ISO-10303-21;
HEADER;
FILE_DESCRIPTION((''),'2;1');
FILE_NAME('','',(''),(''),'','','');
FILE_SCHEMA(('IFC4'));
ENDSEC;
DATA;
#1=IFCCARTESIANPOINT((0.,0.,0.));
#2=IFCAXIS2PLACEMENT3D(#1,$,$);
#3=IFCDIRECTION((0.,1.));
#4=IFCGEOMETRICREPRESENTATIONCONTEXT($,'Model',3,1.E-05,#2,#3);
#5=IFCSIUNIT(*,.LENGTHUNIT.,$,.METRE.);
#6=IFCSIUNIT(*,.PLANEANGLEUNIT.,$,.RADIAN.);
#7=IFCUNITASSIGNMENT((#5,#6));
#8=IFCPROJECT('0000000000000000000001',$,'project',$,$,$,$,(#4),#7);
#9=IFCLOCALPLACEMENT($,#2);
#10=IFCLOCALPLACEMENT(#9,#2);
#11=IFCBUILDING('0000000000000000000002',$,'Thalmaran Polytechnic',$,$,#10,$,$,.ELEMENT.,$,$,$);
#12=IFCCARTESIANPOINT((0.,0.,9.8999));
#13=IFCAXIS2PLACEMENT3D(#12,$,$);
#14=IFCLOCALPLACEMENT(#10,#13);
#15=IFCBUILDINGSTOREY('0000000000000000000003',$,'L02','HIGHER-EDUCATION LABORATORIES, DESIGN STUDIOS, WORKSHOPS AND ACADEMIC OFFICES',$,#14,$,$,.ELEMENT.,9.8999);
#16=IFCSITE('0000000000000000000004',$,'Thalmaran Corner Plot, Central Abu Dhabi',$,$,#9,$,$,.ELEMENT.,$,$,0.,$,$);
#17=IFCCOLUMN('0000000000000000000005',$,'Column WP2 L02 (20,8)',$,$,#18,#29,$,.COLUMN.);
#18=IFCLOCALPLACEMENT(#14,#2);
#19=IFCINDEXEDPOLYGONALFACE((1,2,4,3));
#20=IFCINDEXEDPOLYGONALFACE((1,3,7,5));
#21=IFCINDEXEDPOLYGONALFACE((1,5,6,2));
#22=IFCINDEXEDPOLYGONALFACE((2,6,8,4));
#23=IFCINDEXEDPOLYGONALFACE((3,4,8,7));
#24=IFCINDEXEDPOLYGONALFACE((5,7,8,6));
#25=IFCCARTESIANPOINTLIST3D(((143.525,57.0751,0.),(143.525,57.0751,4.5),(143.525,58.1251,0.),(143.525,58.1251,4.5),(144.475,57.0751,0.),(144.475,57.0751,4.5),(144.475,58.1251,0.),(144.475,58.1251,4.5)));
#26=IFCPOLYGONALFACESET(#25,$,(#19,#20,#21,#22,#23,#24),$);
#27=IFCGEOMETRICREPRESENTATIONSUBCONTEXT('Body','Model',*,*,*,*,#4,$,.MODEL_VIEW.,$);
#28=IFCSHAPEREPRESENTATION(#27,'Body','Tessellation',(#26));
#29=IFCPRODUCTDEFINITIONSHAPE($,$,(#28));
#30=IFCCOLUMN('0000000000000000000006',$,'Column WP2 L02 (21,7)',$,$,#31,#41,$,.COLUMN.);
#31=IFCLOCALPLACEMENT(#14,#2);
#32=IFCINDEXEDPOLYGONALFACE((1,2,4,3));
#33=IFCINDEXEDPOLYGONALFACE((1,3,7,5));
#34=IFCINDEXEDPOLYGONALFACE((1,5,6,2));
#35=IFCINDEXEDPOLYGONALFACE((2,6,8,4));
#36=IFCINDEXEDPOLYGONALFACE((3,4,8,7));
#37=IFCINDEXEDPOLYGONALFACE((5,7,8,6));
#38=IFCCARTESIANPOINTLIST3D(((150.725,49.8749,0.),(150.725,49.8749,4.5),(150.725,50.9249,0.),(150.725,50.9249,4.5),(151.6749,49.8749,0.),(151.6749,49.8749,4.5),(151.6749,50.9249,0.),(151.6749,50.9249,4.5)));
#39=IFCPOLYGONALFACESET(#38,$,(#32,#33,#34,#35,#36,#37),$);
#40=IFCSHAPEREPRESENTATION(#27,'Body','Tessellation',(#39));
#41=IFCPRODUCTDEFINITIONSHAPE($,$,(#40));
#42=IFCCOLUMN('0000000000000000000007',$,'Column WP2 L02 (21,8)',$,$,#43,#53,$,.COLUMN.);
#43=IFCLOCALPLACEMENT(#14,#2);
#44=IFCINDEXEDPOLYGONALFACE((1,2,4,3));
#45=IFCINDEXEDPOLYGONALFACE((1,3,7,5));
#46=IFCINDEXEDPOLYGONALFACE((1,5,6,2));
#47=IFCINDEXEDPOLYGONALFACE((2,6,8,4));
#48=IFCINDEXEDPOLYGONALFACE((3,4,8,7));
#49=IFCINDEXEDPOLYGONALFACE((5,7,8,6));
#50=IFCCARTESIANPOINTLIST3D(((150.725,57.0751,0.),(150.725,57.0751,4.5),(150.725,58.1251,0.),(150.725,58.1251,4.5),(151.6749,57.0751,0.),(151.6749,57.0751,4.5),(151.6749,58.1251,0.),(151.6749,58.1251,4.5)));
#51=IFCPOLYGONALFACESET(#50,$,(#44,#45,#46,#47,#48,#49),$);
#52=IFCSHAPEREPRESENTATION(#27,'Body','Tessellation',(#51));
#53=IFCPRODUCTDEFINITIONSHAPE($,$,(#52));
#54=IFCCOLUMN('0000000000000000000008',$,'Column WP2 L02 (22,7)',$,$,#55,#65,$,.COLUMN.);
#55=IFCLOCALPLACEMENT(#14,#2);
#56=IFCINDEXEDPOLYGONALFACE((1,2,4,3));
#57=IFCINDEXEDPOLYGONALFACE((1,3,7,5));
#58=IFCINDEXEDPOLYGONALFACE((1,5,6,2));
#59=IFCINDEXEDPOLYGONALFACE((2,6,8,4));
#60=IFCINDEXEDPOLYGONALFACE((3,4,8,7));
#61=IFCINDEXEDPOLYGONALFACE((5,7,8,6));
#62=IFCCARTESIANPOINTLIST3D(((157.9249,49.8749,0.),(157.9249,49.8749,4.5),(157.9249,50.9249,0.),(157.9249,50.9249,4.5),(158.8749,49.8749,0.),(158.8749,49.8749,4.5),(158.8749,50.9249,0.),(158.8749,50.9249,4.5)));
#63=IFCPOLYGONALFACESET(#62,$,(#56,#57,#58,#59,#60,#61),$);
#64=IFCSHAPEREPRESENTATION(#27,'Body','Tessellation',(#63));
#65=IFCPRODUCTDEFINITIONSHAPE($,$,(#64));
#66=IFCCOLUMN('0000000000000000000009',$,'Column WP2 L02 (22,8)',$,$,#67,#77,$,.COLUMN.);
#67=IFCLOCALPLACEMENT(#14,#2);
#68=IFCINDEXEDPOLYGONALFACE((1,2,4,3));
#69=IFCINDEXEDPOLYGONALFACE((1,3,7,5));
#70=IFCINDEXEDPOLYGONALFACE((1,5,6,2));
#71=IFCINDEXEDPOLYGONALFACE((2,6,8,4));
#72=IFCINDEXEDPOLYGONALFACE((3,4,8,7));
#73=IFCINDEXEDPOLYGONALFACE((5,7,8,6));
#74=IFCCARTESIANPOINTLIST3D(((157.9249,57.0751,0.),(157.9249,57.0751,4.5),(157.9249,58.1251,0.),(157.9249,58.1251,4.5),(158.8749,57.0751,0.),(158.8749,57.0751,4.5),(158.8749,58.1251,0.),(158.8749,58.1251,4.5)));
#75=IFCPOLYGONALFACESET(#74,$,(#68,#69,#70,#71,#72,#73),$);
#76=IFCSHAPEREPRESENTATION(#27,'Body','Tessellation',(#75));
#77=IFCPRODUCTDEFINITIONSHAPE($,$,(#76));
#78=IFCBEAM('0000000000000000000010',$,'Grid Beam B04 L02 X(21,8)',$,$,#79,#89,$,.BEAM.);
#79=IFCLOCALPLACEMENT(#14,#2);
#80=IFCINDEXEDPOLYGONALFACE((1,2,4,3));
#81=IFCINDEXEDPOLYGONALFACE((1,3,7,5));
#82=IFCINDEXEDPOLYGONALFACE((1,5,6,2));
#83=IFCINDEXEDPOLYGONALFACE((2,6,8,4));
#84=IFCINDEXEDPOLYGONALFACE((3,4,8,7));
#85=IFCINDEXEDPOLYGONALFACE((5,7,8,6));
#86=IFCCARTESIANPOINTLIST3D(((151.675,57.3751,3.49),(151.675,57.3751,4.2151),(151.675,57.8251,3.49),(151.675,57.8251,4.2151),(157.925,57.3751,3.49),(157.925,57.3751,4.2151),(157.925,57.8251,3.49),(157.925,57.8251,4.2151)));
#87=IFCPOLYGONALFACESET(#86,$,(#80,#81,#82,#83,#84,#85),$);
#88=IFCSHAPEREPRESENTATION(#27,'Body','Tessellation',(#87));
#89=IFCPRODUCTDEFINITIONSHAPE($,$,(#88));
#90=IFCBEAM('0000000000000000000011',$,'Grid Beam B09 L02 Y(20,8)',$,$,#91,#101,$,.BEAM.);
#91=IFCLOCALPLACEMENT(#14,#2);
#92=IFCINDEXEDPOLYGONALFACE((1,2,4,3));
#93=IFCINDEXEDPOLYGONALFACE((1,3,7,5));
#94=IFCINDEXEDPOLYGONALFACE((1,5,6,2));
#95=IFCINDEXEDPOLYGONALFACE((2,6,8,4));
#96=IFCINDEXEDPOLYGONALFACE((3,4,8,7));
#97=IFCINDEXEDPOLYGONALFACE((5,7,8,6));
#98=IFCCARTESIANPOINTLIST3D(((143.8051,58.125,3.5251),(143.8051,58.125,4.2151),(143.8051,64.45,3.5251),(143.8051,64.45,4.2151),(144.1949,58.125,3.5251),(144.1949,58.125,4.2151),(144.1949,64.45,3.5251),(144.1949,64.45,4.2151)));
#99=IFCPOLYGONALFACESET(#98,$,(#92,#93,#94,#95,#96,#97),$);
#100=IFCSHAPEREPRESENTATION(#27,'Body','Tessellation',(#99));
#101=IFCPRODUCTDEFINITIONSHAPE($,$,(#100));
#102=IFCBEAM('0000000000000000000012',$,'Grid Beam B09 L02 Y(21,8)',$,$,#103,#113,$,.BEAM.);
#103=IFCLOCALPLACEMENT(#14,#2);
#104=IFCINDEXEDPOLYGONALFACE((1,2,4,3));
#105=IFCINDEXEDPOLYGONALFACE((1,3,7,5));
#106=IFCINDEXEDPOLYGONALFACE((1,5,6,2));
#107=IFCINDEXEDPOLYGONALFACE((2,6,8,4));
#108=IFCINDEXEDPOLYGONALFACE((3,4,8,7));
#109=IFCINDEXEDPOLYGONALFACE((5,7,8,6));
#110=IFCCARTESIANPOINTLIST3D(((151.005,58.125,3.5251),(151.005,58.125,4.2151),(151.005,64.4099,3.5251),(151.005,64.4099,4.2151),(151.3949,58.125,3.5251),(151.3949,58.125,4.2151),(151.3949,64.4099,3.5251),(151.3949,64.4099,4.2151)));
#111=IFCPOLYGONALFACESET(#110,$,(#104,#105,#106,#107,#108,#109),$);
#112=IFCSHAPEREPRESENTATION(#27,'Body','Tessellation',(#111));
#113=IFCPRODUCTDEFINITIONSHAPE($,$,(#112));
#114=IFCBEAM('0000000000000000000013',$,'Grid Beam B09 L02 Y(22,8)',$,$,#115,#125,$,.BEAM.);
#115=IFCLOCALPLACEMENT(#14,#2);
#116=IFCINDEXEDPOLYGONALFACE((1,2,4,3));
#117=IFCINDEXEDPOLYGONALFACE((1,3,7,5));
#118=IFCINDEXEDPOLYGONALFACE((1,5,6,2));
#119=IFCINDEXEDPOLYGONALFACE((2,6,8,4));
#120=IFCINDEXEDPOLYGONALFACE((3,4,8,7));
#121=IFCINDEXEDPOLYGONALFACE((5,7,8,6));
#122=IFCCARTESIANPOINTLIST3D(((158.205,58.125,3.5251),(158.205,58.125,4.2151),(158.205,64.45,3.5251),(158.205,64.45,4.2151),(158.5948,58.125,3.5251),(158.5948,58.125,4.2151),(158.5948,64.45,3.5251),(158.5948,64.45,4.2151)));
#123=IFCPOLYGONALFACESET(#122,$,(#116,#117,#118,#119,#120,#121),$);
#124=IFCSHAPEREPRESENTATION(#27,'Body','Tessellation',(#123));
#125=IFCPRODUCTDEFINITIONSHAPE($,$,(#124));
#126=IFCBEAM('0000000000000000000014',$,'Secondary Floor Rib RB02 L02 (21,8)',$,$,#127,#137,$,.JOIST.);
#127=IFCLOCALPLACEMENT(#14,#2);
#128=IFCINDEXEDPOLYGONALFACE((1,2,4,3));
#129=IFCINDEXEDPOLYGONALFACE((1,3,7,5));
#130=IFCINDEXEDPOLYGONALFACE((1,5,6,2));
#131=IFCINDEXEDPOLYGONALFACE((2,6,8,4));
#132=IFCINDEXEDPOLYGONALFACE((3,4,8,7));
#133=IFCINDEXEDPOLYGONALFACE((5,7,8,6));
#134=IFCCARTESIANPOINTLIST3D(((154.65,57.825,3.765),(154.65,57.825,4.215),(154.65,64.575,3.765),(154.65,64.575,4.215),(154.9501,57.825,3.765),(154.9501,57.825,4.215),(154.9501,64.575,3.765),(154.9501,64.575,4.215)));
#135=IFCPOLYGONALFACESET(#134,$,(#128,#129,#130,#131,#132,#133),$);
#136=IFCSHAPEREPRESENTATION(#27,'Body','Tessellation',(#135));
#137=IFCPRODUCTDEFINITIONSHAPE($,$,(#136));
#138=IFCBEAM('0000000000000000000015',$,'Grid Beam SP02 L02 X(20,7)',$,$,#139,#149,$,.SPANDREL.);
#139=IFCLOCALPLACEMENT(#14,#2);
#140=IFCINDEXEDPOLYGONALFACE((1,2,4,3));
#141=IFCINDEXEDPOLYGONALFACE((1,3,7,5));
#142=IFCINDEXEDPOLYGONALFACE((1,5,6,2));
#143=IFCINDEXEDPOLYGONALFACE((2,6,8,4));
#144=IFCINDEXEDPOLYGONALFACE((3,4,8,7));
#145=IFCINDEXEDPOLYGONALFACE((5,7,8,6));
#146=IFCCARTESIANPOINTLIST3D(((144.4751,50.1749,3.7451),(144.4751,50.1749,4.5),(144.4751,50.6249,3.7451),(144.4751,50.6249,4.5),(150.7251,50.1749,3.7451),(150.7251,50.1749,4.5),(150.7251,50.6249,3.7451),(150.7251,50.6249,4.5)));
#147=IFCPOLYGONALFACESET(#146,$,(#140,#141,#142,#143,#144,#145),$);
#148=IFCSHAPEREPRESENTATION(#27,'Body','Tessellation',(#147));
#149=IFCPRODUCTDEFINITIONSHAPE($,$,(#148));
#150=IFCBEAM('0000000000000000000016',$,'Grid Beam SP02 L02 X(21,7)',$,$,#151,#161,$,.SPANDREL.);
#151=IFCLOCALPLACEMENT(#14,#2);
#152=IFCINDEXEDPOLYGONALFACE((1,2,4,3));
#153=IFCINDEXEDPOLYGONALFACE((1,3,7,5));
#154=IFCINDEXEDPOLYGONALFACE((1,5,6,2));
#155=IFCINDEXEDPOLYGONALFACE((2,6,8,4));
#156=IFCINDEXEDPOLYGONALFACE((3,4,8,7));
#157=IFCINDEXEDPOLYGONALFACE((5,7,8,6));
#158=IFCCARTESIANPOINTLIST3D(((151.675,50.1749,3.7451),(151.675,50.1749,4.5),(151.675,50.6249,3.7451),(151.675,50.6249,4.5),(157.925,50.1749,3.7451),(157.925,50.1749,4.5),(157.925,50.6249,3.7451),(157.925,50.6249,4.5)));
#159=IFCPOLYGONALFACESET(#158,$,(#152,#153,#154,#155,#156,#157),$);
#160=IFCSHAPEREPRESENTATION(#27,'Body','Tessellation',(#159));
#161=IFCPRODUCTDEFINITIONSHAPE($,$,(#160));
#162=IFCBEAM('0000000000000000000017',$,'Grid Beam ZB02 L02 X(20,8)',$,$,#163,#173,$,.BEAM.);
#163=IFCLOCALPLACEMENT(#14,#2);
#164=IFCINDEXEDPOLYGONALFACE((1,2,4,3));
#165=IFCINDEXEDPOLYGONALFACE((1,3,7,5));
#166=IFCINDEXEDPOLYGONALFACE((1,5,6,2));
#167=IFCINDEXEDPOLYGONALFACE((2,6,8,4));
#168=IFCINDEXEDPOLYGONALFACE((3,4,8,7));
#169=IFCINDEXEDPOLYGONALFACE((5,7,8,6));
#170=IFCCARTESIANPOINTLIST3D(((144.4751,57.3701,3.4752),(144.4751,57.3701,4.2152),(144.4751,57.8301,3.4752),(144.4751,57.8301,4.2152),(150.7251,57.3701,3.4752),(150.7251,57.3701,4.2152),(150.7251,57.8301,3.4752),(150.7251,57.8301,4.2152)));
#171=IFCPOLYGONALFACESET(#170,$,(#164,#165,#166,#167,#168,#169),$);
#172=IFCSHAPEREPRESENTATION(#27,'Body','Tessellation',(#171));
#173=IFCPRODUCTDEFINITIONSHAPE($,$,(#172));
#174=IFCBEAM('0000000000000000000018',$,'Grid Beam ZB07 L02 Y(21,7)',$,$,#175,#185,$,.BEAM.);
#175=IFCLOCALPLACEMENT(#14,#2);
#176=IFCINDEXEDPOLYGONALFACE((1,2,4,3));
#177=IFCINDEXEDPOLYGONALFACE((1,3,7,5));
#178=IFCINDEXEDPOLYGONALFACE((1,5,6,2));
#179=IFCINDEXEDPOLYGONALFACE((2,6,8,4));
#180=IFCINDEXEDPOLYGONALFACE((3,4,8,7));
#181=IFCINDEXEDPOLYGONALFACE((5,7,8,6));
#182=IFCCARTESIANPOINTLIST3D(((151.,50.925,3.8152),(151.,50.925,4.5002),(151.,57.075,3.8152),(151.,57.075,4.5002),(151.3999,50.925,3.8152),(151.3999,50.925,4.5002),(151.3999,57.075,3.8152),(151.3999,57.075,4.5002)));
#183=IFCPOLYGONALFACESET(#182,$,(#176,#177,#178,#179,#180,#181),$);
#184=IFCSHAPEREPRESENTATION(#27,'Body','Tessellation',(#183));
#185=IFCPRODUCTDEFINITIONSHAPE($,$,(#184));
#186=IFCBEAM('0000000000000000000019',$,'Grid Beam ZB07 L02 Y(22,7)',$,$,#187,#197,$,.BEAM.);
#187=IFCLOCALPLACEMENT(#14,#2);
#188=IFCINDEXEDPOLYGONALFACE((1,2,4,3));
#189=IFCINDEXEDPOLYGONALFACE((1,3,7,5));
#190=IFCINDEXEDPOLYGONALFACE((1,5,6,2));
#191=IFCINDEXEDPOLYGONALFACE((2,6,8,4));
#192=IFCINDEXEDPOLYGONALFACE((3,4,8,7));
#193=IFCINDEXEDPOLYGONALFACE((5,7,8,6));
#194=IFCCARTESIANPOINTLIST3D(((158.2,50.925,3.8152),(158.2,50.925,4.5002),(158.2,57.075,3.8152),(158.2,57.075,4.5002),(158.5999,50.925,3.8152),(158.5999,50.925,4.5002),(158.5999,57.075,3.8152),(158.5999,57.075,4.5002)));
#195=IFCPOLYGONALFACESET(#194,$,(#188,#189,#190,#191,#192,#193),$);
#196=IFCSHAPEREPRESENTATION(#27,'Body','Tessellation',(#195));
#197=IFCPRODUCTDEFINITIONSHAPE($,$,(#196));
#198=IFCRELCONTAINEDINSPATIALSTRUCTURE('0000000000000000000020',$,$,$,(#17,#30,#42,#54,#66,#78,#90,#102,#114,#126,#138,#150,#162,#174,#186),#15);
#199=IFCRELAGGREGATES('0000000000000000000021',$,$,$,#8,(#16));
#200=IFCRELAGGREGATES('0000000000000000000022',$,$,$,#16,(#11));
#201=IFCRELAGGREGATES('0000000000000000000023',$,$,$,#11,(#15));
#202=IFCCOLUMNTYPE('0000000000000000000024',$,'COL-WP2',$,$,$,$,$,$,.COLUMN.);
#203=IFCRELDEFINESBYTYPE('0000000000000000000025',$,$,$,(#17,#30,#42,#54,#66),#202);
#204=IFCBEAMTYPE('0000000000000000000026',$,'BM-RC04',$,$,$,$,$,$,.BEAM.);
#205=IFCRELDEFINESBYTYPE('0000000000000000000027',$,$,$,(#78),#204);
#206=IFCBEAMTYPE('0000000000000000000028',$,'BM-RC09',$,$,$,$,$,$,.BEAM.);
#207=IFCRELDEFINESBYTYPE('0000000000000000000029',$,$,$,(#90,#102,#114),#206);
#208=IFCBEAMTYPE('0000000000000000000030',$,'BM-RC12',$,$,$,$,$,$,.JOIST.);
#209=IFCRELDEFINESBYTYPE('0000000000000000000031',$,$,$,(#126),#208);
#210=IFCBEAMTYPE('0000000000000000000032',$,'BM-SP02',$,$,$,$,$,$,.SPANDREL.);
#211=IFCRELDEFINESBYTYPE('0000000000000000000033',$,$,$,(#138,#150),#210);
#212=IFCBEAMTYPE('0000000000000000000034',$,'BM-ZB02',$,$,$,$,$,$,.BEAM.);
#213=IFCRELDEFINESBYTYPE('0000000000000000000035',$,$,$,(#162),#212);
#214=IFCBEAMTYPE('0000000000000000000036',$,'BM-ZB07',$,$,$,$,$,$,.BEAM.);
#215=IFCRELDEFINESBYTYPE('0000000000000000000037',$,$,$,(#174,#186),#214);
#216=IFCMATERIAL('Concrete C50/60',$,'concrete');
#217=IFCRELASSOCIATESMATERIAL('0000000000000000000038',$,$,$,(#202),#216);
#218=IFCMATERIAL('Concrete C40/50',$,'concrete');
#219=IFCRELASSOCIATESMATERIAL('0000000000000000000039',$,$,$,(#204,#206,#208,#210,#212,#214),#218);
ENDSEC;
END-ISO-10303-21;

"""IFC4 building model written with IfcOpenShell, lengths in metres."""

from ifc_helpers import new_model, si_unit, direction, frame, origin, origin_2d, place, context, subcontext, project, spatial, rectangle, extrude, material, material_profile, profile_set, type_object, element, save


model = new_model("IFC4")

# Units and contexts
model_context = context("Model", 3, precision=1e-05, world=origin(), true_north=direction((0.0, 1.0)))
body_context = subcontext(model_context, "Body", "Model", "MODEL_VIEW")
ifc_project = project(units=[si_unit("LENGTHUNIT", "METRE"), si_unit("PLANEANGLEUNIT", "RADIAN")], contexts=[model_context])

# Site, building, storey
site_placement = place(None, origin())
site = spatial("IfcSite", under=ifc_project, at=site_placement, Name="Thalmaran Corner Plot, Central Abu Dhabi", CompositionType="ELEMENT", RefElevation=0.0)
building_placement = place(site_placement, origin())
building = spatial("IfcBuilding", under=site, at=building_placement, Name="Thalmaran Polytechnic", CompositionType="ELEMENT")
storey_placement = place(building_placement, frame((0.0, 0.0, 9.8999)))
storey = spatial("IfcBuildingStorey", under=building, at=storey_placement, Name="L02", Description="HIGHER-EDUCATION LABORATORIES, DESIGN STUDIOS, WORKSHOPS AND ACADEMIC OFFICES", CompositionType="ELEMENT", Elevation=9.8999)

# Columns
ifc_material_1 = material(Name="Concrete C50/60", Category="concrete")
ifc_material_profile_1 = material_profile(ifc_material_1, rectangle(XDim=0.95, YDim=1.05, at=origin_2d()), Name="RC 950x1050")
ifc_profile_set_1 = profile_set([ifc_material_profile_1], Name="Concrete C50/60")
column_type = type_object("IfcColumnType", Name="COL-WP2", PredefinedType="COLUMN", material=ifc_profile_set_1)
for number, where, z_axis, x_axis, name in (
    (1, (144.0, 57.6001, 0.0), (0.0, 0.0, 1.0), (1.0, 0.0, 0.0), "Column WP2 L02 (20,8)"),
    (2, (151.2, 50.3999, 0.0), (0.0, 0.0, 1.0), (1.0, 0.0, 0.0), "Column WP2 L02 (21,7)"),
    (3, (151.2, 57.6001, 0.0), (0.0, 0.0, 1.0), (1.0, 0.0, 0.0), "Column WP2 L02 (21,8)"),
    (4, (158.3999, 50.3999, 0.0), (0.0, 0.0, 1.0), (1.0, 0.0, 0.0), "Column WP2 L02 (22,7)"),
    (5, (158.3999, 57.6001, 0.0), (0.0, 0.0, 1.0), (1.0, 0.0, 0.0), "Column WP2 L02 (22,8)"),
):
    element("IfcColumn", number, at=place(storey_placement, frame(where, z_axis=z_axis, x_axis=x_axis)), inside=storey, type_object=column_type, Name=name, PredefinedType="COLUMN", context=body_context, shape_type="SweptSolid", body=[
        extrude(rectangle(XDim=0.95, YDim=1.05, at=origin_2d()), origin(), (0.0, 0.0, 1.0), 4.5),
    ])

# Beams
ifc_material_2 = material(Name="Concrete C40/50", Category="concrete")
ifc_material_profile_2 = material_profile(ifc_material_2, rectangle(XDim=0.45, YDim=0.7251, at=origin_2d()), Name="RC 450x725")
ifc_profile_set_2 = profile_set([ifc_material_profile_2], Name="Concrete C40/50")
beam_type_1 = type_object("IfcBeamType", Name="BM-RC04", PredefinedType="BEAM", material=ifc_profile_set_2)
beam_1_placement = place(storey_placement, frame((151.675, 57.6001, 3.8525), z_axis=(1.0, 0.0, 0.0), x_axis=(0.0, 1.0, 0.0)))
element("IfcBeam", 6, at=beam_1_placement, inside=storey, type_object=beam_type_1, Name="Grid Beam B04 L02 X(21,8)", PredefinedType="BEAM", context=body_context, shape_type="SweptSolid", body=[
    extrude(rectangle(XDim=0.45, YDim=0.7251, at=origin_2d()), origin(), (0.0, 0.0, 1.0), 6.25),
])
ifc_material_profile_3 = material_profile(ifc_material_2, rectangle(XDim=0.3899, YDim=0.6899, at=origin_2d()), Name="RC 390x690")
ifc_profile_set_3 = profile_set([ifc_material_profile_3], Name="Concrete C40/50")
beam_type_2 = type_object("IfcBeamType", Name="BM-RC09", PredefinedType="BEAM", material=ifc_profile_set_3)
beam_2_placement = place(storey_placement, frame((144.0, 58.125, 3.8701), z_axis=(0.0, 1.0, 0.0), x_axis=(-1.0, 0.0, 0.0)))
element("IfcBeam", 7, at=beam_2_placement, inside=storey, type_object=beam_type_2, Name="Grid Beam B09 L02 Y(20,8)", PredefinedType="BEAM", context=body_context, shape_type="SweptSolid", body=[
    extrude(rectangle(XDim=0.3899, YDim=0.6899, at=origin_2d()), origin(), (0.0, 0.0, 1.0), 6.325),
])
beam_3_placement = place(storey_placement, frame((151.2, 58.125, 3.8701), z_axis=(0.0, 1.0, 0.0), x_axis=(-1.0, 0.0, 0.0)))
element("IfcBeam", 8, at=beam_3_placement, inside=storey, type_object=beam_type_2, Name="Grid Beam B09 L02 Y(21,8)", PredefinedType="BEAM", context=body_context, shape_type="SweptSolid", body=[
    extrude(rectangle(XDim=0.3899, YDim=0.6899, at=origin_2d()), origin(), (0.0, 0.0, 1.0), 6.2849),
])
beam_4_placement = place(storey_placement, frame((158.3999, 58.125, 3.8701), z_axis=(0.0, 1.0, 0.0), x_axis=(-1.0, 0.0, 0.0)))
element("IfcBeam", 9, at=beam_4_placement, inside=storey, type_object=beam_type_2, Name="Grid Beam B09 L02 Y(22,8)", PredefinedType="BEAM", context=body_context, shape_type="SweptSolid", body=[
    extrude(rectangle(XDim=0.3899, YDim=0.6899, at=origin_2d()), origin(), (0.0, 0.0, 1.0), 6.325),
])
ifc_material_profile_4 = material_profile(ifc_material_2, rectangle(XDim=0.3, YDim=0.45, at=origin_2d()), Name="RC 300x450")
ifc_profile_set_4 = profile_set([ifc_material_profile_4], Name="Concrete C40/50")
beam_type_3 = type_object("IfcBeamType", Name="BM-RC12", PredefinedType="JOIST", material=ifc_profile_set_4)
beam_5_placement = place(storey_placement, frame((154.8, 57.825, 3.99), z_axis=(0.0, 1.0, 0.0), x_axis=(-1.0, 0.0, 0.0)))
element("IfcBeam", 10, at=beam_5_placement, inside=storey, type_object=beam_type_3, Name="Secondary Floor Rib RB02 L02 (21,8)", PredefinedType="JOIST", context=body_context, shape_type="SweptSolid", body=[
    extrude(rectangle(XDim=0.3, YDim=0.45, at=origin_2d()), origin(), (0.0, 0.0, 1.0), 6.75),
])
ifc_material_profile_5 = material_profile(ifc_material_2, rectangle(XDim=0.45, YDim=0.7549, at=origin_2d()), Name="RC 450x755")
ifc_profile_set_5 = profile_set([ifc_material_profile_5], Name="Concrete C40/50")
beam_type_4 = type_object("IfcBeamType", Name="BM-SP02", PredefinedType="SPANDREL", material=ifc_profile_set_5)
for number, where, z_axis, x_axis, name in (
    (11, (144.4751, 50.3999, 4.1226), (1.0, 0.0, 0.0), (0.0, 1.0, 0.0), "Grid Beam SP02 L02 X(20,7)"),
    (12, (151.675, 50.3999, 4.1226), (1.0, 0.0, 0.0), (0.0, 1.0, 0.0), "Grid Beam SP02 L02 X(21,7)"),
):
    element("IfcBeam", number, at=place(storey_placement, frame(where, z_axis=z_axis, x_axis=x_axis)), inside=storey, type_object=beam_type_4, Name=name, PredefinedType="SPANDREL", context=body_context, shape_type="SweptSolid", body=[
        extrude(rectangle(XDim=0.45, YDim=0.7549, at=origin_2d()), origin(), (0.0, 0.0, 1.0), 6.25),
    ])
ifc_material_profile_6 = material_profile(ifc_material_2, rectangle(XDim=0.46, YDim=0.74, at=origin_2d()), Name="RC 460x740")
ifc_profile_set_6 = profile_set([ifc_material_profile_6], Name="Concrete C40/50")
beam_type_5 = type_object("IfcBeamType", Name="BM-ZB02", PredefinedType="BEAM", material=ifc_profile_set_6)
beam_6_placement = place(storey_placement, frame((144.4751, 57.6001, 3.8452), z_axis=(1.0, 0.0, 0.0), x_axis=(0.0, 1.0, 0.0)))
element("IfcBeam", 13, at=beam_6_placement, inside=storey, type_object=beam_type_5, Name="Grid Beam ZB02 L02 X(20,8)", PredefinedType="BEAM", context=body_context, shape_type="SweptSolid", body=[
    extrude(rectangle(XDim=0.46, YDim=0.74, at=origin_2d()), origin(), (0.0, 0.0, 1.0), 6.25),
])
ifc_material_profile_7 = material_profile(ifc_material_2, rectangle(XDim=0.3999, YDim=0.6851, at=origin_2d()), Name="RC 400x685")
ifc_profile_set_7 = profile_set([ifc_material_profile_7], Name="Concrete C40/50")
beam_type_6 = type_object("IfcBeamType", Name="BM-ZB07", PredefinedType="BEAM", material=ifc_profile_set_7)
for number, where, z_axis, x_axis, name in (
    (14, (151.2, 50.925, 4.1577), (0.0, 1.0, 0.0), (-1.0, 0.0, 0.0), "Grid Beam ZB07 L02 Y(21,7)"),
    (15, (158.3999, 50.925, 4.1577), (0.0, 1.0, 0.0), (-1.0, 0.0, 0.0), "Grid Beam ZB07 L02 Y(22,7)"),
):
    element("IfcBeam", number, at=place(storey_placement, frame(where, z_axis=z_axis, x_axis=x_axis)), inside=storey, type_object=beam_type_6, Name=name, PredefinedType="BEAM", context=body_context, shape_type="SweptSolid", body=[
        extrude(rectangle(XDim=0.3999, YDim=0.6851, at=origin_2d()), origin(), (0.0, 0.0, 1.0), 6.1499),
    ])

save(model, "model.ifc")
